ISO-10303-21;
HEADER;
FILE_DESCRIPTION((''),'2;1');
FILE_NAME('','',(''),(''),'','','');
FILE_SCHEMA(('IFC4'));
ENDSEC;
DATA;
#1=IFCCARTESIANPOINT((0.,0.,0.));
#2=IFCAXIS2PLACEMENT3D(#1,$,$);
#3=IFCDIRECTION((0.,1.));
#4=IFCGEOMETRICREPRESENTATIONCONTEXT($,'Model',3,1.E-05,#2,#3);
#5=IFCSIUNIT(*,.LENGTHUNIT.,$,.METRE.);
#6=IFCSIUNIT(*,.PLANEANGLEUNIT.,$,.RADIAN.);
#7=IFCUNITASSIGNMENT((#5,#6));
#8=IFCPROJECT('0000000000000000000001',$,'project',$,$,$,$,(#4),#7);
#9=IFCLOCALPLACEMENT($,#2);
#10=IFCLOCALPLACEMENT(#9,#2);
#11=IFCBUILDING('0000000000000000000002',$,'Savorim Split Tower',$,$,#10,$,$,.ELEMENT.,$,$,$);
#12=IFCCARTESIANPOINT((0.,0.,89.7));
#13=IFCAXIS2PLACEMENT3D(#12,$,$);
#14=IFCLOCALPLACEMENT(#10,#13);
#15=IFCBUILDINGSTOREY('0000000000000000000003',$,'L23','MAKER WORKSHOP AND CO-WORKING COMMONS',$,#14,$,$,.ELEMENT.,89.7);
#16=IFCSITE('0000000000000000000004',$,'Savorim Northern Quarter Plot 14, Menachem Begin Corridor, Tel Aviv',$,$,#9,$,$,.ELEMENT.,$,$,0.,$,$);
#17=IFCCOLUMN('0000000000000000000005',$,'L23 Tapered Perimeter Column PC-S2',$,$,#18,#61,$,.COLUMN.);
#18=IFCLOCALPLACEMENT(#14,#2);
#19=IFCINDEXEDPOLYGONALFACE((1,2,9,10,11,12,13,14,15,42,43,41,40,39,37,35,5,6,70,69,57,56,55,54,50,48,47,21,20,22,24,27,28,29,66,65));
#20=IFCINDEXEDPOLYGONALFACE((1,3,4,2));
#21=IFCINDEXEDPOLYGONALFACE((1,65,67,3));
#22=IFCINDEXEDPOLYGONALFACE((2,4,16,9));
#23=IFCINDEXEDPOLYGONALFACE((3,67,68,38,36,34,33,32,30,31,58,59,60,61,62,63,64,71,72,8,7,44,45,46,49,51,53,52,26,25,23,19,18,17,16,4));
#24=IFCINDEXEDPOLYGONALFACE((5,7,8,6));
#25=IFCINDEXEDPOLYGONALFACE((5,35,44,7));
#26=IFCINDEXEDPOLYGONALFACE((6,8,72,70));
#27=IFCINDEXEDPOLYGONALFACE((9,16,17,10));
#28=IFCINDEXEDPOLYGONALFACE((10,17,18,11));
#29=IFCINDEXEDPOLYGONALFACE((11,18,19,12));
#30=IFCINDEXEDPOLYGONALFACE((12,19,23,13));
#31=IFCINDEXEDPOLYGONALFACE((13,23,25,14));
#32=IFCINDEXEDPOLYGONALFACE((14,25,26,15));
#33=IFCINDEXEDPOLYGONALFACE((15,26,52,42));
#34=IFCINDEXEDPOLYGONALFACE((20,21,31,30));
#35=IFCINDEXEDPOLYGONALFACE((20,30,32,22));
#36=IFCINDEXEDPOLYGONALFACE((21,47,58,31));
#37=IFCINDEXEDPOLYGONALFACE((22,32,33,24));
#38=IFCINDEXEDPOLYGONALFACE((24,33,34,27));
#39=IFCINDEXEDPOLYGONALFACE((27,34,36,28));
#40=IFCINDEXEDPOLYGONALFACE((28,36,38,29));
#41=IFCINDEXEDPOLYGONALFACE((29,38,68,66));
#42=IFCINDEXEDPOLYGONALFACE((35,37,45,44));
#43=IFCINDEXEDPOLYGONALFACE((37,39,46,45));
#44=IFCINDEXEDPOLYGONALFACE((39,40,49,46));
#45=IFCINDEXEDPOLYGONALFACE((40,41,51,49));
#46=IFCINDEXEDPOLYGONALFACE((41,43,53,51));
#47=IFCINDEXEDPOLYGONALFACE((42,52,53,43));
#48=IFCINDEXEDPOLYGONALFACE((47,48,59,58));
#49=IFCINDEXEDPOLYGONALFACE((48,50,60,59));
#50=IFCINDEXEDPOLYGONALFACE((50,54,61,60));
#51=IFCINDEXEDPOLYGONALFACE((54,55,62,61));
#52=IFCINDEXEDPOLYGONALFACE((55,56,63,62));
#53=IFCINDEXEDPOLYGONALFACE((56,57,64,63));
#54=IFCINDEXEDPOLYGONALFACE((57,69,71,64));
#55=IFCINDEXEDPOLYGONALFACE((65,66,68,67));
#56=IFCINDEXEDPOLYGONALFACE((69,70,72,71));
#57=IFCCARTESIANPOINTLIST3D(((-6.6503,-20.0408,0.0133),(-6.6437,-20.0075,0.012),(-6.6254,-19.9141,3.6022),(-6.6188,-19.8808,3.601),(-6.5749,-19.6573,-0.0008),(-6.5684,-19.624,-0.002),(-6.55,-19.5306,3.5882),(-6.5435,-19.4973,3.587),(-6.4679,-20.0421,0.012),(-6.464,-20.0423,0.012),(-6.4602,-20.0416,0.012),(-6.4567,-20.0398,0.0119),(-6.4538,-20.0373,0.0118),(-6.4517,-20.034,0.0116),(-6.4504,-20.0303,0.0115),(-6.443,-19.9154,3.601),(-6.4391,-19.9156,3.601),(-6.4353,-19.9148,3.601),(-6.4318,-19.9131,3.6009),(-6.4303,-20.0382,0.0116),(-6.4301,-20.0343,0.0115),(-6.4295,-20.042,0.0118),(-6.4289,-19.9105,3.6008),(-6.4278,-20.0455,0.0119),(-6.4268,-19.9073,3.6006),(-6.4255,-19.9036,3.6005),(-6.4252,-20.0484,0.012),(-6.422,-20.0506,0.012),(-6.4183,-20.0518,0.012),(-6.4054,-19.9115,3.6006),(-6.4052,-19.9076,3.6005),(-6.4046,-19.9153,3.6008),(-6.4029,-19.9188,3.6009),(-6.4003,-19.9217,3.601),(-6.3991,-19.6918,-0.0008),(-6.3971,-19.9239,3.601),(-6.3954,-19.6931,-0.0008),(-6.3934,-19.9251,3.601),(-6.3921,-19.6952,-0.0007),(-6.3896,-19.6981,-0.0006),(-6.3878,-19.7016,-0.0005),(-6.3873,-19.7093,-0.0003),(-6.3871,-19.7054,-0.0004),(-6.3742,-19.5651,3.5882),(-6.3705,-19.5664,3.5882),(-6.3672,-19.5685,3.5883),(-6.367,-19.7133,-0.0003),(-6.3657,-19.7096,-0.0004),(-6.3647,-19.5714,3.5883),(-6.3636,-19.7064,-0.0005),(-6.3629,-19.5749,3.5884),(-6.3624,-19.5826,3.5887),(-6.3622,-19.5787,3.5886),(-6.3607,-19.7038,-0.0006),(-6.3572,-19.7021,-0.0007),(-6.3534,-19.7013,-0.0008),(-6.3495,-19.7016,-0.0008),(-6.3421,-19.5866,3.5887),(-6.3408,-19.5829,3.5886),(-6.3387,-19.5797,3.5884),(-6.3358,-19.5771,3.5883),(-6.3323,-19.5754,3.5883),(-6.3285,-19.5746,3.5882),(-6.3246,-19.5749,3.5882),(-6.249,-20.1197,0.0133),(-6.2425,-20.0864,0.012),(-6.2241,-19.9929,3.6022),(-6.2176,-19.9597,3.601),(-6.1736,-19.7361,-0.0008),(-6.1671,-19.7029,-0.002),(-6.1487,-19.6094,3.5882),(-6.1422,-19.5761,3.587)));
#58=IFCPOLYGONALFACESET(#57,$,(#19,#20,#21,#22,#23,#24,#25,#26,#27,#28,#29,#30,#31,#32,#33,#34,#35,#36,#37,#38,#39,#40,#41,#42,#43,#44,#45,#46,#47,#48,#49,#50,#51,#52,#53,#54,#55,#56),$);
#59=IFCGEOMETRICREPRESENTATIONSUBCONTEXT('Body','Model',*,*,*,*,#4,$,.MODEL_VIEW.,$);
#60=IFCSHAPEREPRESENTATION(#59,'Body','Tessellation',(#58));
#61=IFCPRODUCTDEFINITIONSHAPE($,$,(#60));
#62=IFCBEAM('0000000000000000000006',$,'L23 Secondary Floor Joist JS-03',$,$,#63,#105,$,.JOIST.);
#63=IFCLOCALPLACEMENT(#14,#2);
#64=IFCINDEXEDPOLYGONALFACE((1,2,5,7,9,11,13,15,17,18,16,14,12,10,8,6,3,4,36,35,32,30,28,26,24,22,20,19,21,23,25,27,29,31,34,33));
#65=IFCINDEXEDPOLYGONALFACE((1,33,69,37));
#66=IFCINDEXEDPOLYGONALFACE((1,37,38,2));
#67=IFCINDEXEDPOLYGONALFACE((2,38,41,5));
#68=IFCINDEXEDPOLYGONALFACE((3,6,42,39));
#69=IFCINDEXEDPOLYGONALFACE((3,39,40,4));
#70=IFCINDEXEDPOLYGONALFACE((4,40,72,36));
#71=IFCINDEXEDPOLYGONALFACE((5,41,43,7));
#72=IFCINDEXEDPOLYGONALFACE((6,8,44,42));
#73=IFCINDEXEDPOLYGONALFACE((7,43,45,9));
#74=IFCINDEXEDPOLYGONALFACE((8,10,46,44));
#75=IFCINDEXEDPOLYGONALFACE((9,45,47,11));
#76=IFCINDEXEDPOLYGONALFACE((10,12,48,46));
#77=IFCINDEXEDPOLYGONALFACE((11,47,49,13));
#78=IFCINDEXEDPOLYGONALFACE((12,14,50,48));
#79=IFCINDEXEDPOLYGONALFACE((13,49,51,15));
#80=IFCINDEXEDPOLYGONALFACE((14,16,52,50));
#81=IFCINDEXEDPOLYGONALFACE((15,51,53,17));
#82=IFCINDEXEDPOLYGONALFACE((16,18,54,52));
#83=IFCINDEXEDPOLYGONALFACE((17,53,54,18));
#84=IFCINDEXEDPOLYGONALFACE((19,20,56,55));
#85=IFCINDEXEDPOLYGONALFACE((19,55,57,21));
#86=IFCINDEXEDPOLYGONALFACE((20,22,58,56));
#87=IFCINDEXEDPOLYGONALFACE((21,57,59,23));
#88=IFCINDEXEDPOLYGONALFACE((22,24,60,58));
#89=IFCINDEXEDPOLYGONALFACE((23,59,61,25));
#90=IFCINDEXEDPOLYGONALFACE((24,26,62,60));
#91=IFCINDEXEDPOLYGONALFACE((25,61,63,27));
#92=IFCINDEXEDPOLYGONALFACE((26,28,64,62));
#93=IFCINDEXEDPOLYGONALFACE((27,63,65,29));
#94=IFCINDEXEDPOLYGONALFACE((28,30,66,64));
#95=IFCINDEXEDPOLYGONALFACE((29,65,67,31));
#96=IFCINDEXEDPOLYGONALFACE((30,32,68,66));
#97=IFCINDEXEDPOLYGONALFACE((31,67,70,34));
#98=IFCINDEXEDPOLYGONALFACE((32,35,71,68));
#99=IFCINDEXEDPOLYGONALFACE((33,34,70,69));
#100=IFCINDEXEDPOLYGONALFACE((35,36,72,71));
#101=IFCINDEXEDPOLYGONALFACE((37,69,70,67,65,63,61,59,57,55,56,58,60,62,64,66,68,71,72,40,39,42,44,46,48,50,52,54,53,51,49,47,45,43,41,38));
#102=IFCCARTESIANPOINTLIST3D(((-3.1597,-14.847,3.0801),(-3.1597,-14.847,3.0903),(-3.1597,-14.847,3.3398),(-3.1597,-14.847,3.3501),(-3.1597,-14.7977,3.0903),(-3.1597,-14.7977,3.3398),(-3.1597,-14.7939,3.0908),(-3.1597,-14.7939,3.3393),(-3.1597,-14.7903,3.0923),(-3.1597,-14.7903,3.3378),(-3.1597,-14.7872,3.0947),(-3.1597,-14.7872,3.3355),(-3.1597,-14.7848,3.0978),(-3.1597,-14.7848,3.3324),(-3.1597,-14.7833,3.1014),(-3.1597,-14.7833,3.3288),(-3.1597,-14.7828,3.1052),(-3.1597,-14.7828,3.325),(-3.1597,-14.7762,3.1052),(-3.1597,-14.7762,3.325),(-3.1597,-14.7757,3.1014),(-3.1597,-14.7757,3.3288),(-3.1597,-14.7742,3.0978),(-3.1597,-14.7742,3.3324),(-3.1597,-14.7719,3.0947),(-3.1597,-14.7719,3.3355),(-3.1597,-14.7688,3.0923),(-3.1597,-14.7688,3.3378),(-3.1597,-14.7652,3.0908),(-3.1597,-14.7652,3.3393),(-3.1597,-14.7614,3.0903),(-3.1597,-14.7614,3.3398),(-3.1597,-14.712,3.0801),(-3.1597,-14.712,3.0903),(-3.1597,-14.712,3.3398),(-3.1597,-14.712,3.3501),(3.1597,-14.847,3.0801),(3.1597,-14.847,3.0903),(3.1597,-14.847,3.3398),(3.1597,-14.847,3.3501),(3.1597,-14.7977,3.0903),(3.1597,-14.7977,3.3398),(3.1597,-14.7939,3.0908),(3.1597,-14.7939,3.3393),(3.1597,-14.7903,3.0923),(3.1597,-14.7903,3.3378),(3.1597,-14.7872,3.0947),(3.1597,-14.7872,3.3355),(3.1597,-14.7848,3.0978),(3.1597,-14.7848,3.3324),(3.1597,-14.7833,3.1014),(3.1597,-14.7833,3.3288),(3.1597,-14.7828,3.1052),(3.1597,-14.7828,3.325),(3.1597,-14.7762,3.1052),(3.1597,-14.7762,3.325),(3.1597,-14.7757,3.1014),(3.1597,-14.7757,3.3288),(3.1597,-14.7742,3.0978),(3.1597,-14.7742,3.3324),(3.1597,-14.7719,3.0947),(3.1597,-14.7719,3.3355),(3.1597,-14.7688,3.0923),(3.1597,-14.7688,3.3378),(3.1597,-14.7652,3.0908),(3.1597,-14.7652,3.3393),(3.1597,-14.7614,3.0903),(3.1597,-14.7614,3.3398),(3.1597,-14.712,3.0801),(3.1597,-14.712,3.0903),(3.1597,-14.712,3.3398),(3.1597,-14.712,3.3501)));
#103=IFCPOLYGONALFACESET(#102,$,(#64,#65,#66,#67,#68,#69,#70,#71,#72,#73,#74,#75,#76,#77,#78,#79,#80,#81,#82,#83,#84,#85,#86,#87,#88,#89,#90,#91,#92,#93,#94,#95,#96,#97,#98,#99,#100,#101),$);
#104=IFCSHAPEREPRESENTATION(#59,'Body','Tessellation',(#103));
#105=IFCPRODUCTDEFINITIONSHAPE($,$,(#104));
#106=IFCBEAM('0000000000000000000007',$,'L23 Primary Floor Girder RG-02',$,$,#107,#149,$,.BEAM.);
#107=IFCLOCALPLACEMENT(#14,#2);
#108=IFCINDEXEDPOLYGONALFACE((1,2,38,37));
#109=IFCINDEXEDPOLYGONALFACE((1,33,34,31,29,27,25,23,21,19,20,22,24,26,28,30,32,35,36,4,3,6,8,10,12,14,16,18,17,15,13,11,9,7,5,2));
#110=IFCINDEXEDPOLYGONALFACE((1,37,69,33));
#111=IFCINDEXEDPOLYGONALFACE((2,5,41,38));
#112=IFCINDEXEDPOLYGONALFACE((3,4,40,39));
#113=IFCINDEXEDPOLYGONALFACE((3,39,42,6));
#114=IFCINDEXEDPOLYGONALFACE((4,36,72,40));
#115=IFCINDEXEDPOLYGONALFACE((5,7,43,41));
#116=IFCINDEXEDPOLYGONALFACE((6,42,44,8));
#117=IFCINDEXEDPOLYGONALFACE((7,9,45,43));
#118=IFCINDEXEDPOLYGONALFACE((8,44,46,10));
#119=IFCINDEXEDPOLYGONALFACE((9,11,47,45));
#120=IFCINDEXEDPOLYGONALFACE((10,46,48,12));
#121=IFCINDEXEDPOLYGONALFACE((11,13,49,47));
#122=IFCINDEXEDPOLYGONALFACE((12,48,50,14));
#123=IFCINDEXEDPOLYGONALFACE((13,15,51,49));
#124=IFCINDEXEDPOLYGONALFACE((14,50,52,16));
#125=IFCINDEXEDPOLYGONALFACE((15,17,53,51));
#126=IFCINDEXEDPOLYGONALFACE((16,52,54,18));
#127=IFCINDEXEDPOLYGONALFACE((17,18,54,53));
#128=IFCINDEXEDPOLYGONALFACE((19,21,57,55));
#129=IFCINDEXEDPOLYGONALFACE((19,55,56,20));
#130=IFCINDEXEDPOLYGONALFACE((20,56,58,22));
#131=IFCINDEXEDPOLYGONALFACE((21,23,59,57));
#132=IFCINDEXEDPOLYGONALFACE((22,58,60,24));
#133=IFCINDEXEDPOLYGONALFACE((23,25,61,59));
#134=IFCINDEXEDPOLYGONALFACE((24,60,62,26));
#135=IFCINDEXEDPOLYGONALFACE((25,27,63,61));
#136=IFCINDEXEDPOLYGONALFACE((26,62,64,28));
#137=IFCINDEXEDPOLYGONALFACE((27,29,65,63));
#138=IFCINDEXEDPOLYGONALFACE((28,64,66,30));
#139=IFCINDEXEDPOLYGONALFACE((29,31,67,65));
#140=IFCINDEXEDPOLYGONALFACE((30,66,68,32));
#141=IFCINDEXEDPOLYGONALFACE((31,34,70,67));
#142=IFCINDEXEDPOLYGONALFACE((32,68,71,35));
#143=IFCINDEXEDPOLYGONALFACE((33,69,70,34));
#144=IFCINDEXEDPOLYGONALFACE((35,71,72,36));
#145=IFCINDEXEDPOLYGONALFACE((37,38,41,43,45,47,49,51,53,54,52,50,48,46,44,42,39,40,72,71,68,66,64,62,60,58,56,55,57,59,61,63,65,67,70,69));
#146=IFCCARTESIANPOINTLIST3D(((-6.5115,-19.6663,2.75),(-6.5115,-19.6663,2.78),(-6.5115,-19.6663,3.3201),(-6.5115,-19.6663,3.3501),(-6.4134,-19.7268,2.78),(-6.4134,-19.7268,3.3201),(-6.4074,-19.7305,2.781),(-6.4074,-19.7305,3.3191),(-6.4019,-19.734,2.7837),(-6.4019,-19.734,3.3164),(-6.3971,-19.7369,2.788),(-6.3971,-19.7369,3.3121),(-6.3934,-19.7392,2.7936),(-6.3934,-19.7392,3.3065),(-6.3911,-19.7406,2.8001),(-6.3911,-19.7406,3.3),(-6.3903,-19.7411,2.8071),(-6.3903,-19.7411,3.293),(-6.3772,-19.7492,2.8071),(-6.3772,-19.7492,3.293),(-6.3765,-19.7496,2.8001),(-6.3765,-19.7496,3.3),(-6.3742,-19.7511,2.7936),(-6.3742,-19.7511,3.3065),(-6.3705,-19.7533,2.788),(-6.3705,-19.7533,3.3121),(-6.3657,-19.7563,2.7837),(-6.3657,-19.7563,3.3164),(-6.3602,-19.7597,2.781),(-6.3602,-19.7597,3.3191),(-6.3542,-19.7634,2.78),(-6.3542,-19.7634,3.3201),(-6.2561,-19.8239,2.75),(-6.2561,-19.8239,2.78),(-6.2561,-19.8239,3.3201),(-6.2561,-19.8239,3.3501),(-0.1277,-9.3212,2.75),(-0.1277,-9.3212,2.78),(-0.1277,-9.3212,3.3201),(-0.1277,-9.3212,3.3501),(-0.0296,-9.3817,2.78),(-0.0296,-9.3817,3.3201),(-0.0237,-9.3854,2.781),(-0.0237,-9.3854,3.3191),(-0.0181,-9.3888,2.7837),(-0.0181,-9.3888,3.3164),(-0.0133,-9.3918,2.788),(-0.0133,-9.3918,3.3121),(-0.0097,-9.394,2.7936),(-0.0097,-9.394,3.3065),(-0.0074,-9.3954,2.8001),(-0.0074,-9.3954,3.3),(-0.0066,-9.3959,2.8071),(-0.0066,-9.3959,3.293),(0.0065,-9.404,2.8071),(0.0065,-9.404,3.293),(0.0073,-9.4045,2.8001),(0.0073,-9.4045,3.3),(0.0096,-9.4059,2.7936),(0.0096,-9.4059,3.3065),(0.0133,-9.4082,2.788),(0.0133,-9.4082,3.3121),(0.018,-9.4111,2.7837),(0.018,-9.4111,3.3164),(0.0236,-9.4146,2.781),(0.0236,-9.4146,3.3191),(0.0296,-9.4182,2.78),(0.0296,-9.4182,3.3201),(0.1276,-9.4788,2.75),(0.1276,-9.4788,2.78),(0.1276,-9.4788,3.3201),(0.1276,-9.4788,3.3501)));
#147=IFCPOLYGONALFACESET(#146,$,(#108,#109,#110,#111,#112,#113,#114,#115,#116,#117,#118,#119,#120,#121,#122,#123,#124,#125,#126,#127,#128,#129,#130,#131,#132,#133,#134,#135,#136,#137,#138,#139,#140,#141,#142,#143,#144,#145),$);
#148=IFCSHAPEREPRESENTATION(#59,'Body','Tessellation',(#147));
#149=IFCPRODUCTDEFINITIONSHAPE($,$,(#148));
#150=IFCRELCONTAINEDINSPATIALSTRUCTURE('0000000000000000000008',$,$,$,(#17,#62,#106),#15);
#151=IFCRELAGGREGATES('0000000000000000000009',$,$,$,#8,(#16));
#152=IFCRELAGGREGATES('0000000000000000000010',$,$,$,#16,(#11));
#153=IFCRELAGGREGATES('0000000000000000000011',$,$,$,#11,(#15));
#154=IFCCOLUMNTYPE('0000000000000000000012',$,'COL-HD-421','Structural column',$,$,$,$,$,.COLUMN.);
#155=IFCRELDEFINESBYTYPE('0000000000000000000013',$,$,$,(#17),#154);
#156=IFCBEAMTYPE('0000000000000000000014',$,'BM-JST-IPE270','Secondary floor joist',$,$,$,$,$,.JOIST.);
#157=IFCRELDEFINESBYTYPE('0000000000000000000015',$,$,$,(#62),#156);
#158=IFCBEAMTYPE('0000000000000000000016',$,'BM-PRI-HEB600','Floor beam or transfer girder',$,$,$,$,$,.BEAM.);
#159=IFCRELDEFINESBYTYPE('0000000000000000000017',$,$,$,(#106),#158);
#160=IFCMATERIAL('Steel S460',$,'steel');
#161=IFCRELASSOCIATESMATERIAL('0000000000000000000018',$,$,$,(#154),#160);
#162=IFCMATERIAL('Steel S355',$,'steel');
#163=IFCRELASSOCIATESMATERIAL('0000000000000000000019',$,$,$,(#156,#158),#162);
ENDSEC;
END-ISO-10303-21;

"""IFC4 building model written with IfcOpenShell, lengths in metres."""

from ifc_helpers import new_model, si_unit, direction, frame, origin, origin_2d, place, context, subcontext, project, spatial, i_section, extrude, material, material_profile, profile_set, type_object, element, save


model = new_model("IFC4")

# Units and contexts
model_context = context("Model", 3, precision=1e-05, world=origin(), true_north=direction((0.0, 1.0)))
body_context = subcontext(model_context, "Body", "Model", "MODEL_VIEW")
ifc_project = project(units=[si_unit("LENGTHUNIT", "METRE"), si_unit("PLANEANGLEUNIT", "RADIAN")], contexts=[model_context])

# Site, building, storey
site_placement = place(None, origin())
site = spatial("IfcSite", under=ifc_project, at=site_placement, Name="Savorim Northern Quarter Plot 14, Menachem Begin Corridor, Tel Aviv", CompositionType="ELEMENT", RefElevation=0.0)
building_placement = place(site_placement, origin())
building = spatial("IfcBuilding", under=site, at=building_placement, Name="Savorim Split Tower", CompositionType="ELEMENT")
storey_placement = place(building_placement, frame((0.0, 0.0, 89.7)))
storey = spatial("IfcBuildingStorey", under=building, at=storey_placement, Name="L23", Description="MAKER WORKSHOP AND CO-WORKING COMMONS", CompositionType="ELEMENT", Elevation=89.7)

# Column
ifc_material_1 = material(Name="Steel S460", Category="steel")
ifc_material_profile_1 = material_profile(ifc_material_1, i_section(OverallWidth=0.4089, OverallDepth=0.425, WebThickness=0.0208, FlangeThickness=0.0339, FilletRadius=0.0149, at=origin_2d()), Name="HD 400x421")
ifc_profile_set_1 = profile_set([ifc_material_profile_1], Name="Steel S460")
column_type = type_object("IfcColumnType", Name="COL-HD-421", Description="Structural column", PredefinedType="COLUMN", material=ifc_profile_set_1)
column_placement = place(storey_placement, frame((-6.4087, -19.8718, 0.0056), z_axis=(0.006934, 0.035283, 0.999353), x_axis=(-0.98123, 0.192843, 0.0)))
element("IfcColumn", 1, at=column_placement, inside=storey, type_object=column_type, Name="L23 Tapered Perimeter Column PC-S2", PredefinedType="COLUMN", context=body_context, shape_type="SweptSolid", body=[
    extrude(i_section(OverallWidth=0.4089, OverallDepth=0.425, WebThickness=0.0208, FlangeThickness=0.0339, FilletRadius=0.0149, at=origin_2d()), origin(), (0.0, 0.0, 1.0), 3.5913),
])

# Beams
ifc_material_2 = material(Name="Steel S355", Category="steel")
ifc_material_profile_2 = material_profile(ifc_material_2, i_section(OverallWidth=0.135, OverallDepth=0.27, WebThickness=0.0066, FlangeThickness=0.0103, FilletRadius=0.0149, at=origin_2d()), Name="IPE 270")
ifc_profile_set_2 = profile_set([ifc_material_profile_2], Name="Steel S355")
beam_type_1 = type_object("IfcBeamType", Name="BM-JST-IPE270", Description="Secondary floor joist", PredefinedType="JOIST", material=ifc_profile_set_2)
beam_1_placement = place(storey_placement, frame((-3.1597, -14.7795, 3.2151), z_axis=(1.0, 0.0, 0.0), x_axis=(0.0, 1.0, 0.0)))
element("IfcBeam", 2, at=beam_1_placement, inside=storey, type_object=beam_type_1, Name="L23 Secondary Floor Joist JS-03", PredefinedType="JOIST", context=body_context, shape_type="SweptSolid", body=[
    extrude(i_section(OverallWidth=0.135, OverallDepth=0.27, WebThickness=0.0066, FlangeThickness=0.0103, FilletRadius=0.0149, at=origin_2d()), origin(), (0.0, 0.0, 1.0), 6.3193),
])
ifc_material_profile_3 = material_profile(ifc_material_2, i_section(OverallWidth=0.3, OverallDepth=0.6001, WebThickness=0.0154, FlangeThickness=0.03, FilletRadius=0.0271, at=origin_2d()), Name="HEB 600")
ifc_profile_set_3 = profile_set([ifc_material_profile_3], Name="Steel S355")
beam_type_2 = type_object("IfcBeamType", Name="BM-PRI-HEB600", Description="Floor beam or transfer girder", PredefinedType="BEAM", material=ifc_profile_set_3)
beam_2_placement = place(storey_placement, frame((-6.3838, -19.7451, 3.05), z_axis=(0.525141, 0.851015, 0.0), x_axis=(-0.851015, 0.525141, 0.0)))
element("IfcBeam", 3, at=beam_2_placement, inside=storey, type_object=beam_type_2, Name="L23 Primary Floor Girder RG-02", PredefinedType="BEAM", context=body_context, shape_type="SweptSolid", body=[
    extrude(i_section(OverallWidth=0.3, OverallDepth=0.6001, WebThickness=0.0154, FlangeThickness=0.03, FilletRadius=0.0271, at=origin_2d()), origin(), (0.0, 0.0, 1.0), 12.1562),
])

save(model, "model.ifc")
